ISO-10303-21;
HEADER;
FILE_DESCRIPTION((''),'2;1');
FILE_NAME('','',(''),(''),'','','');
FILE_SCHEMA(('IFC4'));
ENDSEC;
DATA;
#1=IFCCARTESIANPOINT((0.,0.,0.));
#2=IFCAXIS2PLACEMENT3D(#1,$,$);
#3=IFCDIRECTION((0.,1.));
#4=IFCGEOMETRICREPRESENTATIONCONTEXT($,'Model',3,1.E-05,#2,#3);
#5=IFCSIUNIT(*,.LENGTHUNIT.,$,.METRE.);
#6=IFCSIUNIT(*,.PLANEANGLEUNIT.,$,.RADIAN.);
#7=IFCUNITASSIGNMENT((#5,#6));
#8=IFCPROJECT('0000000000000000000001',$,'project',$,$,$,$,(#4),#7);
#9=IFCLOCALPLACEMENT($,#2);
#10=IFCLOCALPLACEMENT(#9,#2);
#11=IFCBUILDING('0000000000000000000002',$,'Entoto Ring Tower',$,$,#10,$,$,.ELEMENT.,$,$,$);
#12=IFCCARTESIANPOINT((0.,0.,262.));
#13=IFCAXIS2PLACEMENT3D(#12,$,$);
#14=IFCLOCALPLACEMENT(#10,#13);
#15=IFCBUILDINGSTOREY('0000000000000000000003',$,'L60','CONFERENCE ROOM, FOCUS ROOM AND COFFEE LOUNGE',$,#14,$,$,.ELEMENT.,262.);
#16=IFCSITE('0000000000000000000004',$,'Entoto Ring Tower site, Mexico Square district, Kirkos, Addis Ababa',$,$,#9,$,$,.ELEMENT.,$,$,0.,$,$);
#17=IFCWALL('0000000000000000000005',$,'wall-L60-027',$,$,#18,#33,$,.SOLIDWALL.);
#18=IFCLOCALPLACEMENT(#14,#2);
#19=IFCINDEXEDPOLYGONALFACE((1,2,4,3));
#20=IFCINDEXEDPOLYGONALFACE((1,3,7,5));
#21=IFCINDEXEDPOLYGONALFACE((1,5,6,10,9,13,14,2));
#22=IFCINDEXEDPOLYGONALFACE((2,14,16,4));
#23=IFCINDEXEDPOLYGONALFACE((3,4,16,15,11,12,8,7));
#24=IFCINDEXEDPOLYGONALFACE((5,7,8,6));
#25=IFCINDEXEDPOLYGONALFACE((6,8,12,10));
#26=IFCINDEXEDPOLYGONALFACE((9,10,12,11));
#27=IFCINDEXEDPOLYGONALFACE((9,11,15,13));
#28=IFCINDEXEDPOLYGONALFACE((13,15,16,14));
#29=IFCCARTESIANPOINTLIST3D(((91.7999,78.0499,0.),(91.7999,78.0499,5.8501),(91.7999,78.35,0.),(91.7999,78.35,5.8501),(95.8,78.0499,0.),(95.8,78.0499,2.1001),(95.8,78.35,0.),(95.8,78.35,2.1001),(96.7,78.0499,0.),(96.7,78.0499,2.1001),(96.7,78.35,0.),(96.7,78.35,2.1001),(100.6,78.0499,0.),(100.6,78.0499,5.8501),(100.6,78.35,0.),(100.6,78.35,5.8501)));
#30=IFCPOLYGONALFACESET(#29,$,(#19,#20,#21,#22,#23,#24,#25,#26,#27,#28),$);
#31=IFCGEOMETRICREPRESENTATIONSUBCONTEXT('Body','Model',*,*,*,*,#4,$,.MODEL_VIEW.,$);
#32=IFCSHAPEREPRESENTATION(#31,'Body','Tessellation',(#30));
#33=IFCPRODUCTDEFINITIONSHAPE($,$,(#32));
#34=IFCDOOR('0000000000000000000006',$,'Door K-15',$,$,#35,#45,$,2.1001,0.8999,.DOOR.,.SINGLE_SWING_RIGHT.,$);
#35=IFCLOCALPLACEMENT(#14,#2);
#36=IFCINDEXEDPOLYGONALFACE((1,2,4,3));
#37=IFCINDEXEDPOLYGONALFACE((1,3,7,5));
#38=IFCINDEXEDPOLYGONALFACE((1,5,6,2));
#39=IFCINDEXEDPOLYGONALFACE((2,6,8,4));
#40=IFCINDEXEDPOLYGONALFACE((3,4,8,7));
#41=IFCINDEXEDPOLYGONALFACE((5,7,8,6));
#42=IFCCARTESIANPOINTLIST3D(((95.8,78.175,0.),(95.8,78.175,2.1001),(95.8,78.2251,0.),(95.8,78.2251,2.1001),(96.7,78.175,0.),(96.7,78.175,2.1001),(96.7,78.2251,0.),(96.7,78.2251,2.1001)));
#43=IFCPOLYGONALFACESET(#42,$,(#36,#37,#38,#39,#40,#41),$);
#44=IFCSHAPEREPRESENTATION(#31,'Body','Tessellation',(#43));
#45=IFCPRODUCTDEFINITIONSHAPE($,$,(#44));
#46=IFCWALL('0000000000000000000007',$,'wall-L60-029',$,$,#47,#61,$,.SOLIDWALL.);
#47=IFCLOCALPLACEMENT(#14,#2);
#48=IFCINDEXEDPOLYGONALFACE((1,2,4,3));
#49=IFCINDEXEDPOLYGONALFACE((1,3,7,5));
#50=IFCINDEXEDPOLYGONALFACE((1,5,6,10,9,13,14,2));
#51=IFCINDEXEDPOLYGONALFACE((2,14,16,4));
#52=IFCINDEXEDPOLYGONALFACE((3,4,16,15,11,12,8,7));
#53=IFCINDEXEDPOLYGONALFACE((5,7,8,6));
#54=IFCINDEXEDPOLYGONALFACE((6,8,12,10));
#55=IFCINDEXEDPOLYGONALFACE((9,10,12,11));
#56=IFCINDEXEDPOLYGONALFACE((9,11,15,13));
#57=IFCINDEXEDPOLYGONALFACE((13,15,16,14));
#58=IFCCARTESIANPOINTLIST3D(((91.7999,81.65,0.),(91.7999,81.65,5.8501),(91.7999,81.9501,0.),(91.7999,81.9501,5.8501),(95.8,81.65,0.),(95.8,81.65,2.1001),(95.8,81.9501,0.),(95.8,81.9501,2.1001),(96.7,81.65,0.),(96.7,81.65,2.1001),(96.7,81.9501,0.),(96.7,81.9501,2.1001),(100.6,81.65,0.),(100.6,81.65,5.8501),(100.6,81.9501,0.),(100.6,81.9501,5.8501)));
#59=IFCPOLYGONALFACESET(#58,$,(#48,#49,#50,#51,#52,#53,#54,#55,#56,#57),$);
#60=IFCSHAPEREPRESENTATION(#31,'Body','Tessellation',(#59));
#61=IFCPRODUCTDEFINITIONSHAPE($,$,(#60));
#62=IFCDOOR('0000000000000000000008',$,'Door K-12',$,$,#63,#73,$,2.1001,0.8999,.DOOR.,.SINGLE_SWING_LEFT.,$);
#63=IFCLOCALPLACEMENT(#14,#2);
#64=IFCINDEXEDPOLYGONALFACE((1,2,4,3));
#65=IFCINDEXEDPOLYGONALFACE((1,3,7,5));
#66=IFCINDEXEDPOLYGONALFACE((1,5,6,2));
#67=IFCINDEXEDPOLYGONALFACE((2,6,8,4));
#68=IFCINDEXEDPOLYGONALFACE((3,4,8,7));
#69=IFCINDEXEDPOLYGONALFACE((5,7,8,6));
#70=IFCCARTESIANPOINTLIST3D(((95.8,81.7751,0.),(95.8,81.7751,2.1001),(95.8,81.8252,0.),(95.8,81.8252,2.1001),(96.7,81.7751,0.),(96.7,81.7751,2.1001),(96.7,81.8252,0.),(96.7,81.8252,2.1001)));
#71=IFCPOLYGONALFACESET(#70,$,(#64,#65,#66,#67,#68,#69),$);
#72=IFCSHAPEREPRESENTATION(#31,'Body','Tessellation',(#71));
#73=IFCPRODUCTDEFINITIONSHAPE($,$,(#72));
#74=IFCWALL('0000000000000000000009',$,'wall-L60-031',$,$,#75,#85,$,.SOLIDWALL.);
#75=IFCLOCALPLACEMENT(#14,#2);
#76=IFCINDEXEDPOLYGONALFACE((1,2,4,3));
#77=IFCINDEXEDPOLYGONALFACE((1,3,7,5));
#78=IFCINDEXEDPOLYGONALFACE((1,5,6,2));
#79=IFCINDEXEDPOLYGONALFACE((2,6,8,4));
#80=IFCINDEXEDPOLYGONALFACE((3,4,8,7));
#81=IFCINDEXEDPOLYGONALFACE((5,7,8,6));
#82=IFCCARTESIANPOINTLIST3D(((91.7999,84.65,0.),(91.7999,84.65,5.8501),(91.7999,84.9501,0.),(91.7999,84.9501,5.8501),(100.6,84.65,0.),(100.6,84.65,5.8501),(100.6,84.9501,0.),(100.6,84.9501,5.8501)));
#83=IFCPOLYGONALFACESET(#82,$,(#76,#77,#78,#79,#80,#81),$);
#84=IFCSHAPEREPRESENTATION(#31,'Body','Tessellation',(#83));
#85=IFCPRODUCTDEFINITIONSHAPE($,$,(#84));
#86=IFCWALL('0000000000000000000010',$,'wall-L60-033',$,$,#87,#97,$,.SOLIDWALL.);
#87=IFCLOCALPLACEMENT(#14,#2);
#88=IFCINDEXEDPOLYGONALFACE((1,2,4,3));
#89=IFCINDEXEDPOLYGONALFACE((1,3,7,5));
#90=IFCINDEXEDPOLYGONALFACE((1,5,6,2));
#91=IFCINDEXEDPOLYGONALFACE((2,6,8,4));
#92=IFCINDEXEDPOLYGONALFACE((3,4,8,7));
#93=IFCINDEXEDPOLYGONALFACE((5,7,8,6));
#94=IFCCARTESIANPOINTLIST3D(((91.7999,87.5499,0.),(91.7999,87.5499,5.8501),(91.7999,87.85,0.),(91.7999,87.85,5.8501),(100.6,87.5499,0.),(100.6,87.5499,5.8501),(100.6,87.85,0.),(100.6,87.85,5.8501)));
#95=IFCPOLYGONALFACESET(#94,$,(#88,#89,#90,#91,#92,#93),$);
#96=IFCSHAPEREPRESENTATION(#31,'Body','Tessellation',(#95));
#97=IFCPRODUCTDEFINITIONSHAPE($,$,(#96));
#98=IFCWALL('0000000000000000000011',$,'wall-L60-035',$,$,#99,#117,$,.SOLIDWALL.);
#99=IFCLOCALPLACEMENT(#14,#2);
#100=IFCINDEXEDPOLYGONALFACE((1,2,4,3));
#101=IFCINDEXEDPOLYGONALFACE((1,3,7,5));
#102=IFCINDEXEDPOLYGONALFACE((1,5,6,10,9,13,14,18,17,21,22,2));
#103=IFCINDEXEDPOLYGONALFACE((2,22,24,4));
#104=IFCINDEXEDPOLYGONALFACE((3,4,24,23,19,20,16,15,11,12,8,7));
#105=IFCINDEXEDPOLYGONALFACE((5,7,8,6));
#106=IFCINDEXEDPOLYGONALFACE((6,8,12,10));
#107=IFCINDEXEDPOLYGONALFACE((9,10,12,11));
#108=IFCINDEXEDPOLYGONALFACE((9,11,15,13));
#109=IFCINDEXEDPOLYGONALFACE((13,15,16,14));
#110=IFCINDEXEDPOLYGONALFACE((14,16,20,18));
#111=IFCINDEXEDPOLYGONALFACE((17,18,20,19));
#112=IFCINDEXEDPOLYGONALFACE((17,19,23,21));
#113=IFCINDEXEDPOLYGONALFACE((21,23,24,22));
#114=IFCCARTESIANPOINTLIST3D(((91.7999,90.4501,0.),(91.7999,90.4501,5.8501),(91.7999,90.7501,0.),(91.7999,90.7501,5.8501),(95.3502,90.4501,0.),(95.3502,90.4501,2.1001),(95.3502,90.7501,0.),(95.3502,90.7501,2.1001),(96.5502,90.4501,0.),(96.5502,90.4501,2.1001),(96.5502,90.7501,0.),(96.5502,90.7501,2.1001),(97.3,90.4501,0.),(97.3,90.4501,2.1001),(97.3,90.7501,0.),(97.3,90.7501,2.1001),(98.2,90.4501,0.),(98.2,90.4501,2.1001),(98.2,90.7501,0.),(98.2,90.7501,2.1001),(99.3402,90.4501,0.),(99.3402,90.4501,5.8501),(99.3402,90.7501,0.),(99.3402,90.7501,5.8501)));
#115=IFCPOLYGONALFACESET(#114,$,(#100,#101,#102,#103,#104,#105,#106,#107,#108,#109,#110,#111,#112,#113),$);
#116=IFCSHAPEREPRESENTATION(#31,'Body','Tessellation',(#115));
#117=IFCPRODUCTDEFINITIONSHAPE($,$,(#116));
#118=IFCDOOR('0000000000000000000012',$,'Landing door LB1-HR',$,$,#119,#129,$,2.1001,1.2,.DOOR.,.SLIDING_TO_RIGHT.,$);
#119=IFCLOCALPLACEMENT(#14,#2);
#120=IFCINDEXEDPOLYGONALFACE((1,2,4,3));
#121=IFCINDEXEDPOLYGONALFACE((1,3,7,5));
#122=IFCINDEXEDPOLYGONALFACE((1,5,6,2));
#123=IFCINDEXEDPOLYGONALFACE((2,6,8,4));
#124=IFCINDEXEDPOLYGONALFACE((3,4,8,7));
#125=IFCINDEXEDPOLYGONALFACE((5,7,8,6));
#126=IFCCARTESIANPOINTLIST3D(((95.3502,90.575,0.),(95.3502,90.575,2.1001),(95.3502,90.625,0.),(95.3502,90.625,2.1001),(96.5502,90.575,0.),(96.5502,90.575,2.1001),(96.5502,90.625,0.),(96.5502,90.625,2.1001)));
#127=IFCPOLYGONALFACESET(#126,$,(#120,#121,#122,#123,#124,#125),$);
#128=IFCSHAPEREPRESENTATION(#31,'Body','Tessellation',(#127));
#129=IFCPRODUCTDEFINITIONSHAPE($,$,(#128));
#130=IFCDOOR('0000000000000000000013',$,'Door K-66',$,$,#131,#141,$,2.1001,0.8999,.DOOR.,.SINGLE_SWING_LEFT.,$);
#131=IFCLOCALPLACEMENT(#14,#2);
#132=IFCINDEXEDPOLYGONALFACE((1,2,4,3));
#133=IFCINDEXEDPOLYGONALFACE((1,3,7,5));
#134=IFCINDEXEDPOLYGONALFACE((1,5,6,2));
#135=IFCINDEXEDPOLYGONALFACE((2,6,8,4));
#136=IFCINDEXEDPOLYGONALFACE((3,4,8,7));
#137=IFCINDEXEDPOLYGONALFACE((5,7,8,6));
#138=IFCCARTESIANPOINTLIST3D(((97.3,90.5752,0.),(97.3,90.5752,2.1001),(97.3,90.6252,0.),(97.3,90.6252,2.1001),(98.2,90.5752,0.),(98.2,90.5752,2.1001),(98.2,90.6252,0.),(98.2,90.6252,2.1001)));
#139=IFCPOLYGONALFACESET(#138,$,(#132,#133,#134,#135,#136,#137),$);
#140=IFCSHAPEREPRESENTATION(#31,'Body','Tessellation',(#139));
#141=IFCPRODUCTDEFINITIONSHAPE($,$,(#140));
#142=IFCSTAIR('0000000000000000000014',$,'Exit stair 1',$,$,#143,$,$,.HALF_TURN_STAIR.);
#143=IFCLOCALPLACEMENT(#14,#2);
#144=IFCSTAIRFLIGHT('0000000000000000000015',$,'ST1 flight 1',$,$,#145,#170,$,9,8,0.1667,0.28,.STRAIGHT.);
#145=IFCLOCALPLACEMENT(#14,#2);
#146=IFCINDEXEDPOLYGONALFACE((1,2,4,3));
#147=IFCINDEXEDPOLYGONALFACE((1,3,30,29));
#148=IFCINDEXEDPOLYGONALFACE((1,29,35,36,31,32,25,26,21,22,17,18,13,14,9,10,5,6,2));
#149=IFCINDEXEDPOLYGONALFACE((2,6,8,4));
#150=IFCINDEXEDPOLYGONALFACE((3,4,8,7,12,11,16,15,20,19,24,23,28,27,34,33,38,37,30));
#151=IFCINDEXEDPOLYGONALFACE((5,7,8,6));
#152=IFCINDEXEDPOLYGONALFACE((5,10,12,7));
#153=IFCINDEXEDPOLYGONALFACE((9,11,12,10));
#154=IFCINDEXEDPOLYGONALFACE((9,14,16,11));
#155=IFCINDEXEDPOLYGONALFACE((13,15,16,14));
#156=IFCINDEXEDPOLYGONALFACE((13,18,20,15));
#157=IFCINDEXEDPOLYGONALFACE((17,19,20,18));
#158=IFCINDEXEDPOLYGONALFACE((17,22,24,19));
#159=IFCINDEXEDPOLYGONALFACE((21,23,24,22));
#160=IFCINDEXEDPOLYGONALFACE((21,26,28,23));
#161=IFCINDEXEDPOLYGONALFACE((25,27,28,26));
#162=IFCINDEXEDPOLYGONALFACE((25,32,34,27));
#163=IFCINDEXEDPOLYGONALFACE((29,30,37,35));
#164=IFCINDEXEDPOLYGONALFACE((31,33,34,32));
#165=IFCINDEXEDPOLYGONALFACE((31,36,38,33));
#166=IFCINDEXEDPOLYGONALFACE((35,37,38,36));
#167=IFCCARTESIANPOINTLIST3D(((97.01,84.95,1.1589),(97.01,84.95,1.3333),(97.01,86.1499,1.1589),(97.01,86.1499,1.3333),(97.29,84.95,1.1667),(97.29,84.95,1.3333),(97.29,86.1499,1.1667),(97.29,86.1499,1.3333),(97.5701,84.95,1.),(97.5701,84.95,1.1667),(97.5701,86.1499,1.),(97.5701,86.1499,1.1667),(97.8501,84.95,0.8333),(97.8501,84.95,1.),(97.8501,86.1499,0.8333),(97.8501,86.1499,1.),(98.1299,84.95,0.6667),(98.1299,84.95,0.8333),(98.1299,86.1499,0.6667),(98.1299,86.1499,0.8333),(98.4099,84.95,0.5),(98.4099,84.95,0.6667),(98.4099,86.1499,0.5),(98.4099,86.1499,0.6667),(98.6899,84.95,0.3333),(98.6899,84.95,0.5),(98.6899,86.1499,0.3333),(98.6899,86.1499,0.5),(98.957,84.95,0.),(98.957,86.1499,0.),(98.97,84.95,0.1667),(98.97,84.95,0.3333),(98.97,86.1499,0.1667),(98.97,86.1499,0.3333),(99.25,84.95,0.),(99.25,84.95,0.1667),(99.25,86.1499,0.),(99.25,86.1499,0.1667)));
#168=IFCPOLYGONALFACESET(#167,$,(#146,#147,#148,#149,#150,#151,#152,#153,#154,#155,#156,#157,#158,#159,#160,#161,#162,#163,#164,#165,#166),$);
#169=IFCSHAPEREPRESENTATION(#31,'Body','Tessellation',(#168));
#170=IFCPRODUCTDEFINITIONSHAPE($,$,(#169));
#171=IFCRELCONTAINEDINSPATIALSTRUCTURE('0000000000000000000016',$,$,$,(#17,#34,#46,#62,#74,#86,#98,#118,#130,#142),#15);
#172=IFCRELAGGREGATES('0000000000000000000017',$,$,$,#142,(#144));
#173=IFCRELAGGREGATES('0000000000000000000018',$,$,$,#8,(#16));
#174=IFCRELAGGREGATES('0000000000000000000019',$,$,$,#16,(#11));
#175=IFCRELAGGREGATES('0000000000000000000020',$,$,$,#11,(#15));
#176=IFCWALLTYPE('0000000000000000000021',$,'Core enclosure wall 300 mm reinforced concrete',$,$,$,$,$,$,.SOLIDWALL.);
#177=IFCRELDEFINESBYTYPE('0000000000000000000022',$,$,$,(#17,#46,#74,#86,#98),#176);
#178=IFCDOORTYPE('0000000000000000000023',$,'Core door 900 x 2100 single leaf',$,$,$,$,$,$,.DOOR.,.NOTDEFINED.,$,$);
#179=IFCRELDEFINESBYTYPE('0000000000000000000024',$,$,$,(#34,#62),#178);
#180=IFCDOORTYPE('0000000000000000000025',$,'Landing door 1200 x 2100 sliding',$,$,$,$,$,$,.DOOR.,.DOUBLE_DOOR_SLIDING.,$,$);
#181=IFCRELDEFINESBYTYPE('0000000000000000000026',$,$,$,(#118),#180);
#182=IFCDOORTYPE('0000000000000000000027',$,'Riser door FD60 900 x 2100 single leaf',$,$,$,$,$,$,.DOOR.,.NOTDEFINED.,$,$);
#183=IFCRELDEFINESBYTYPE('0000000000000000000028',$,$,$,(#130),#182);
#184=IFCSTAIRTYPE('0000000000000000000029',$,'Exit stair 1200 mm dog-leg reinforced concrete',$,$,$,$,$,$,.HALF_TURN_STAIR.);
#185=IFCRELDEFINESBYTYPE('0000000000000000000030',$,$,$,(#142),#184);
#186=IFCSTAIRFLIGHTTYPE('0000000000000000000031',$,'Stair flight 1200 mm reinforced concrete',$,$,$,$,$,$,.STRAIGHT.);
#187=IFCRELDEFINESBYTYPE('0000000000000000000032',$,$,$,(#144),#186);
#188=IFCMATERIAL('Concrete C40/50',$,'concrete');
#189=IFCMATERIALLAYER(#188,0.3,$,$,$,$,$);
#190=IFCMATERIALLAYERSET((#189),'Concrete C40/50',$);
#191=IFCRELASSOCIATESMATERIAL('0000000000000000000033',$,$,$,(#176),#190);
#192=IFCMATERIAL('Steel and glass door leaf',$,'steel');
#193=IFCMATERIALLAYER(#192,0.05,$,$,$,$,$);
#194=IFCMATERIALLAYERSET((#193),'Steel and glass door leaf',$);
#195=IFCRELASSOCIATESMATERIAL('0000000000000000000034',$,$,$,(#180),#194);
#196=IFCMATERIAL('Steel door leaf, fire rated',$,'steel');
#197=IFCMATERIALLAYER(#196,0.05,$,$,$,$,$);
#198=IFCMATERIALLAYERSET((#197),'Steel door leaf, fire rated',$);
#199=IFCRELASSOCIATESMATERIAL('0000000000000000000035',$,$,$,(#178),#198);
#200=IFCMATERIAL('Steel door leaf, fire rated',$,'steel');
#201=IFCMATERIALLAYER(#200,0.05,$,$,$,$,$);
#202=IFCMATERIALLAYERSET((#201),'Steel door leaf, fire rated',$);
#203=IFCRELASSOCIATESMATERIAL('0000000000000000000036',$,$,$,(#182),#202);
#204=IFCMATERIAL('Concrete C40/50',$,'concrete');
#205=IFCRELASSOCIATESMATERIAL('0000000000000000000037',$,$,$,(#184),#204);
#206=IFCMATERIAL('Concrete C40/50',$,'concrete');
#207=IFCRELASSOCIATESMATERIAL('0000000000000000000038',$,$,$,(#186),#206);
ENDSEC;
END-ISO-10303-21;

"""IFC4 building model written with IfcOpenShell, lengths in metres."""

from ifc_helpers import new_model, si_unit, direction, frame, frame_2d, origin, place, context, subcontext, project, spatial, polyline, rectangle, outline, extrude, material, layer, layer_set, type_object, element, fill, aggregate, save


model = new_model("IFC4")

# Units and contexts
model_context = context("Model", 3, precision=1e-05, world=origin(), true_north=direction((0.0, 1.0)))
body_context = subcontext(model_context, "Body", "Model", "MODEL_VIEW")
ifc_project = project(units=[si_unit("LENGTHUNIT", "METRE"), si_unit("PLANEANGLEUNIT", "RADIAN")], contexts=[model_context])

# Site, building, storey
site_placement = place(None, origin())
site = spatial("IfcSite", under=ifc_project, at=site_placement, Name="Entoto Ring Tower site, Mexico Square district, Kirkos, Addis Ababa", CompositionType="ELEMENT", RefElevation=0.0)
building_placement = place(site_placement, origin())
building = spatial("IfcBuilding", under=site, at=building_placement, Name="Entoto Ring Tower", CompositionType="ELEMENT")
storey_placement = place(building_placement, frame((0.0, 0.0, 262.0)))
storey = spatial("IfcBuildingStorey", under=building, at=storey_placement, Name="L60", Description="CONFERENCE ROOM, FOCUS ROOM AND COFFEE LOUNGE", CompositionType="ELEMENT", Elevation=262.0)

# Shared definitions
ifc_material_1 = material(Name="Concrete C40/50", Category="concrete")
ifc_layer_1 = layer(ifc_material_1, 0.3)
ifc_layer_set_1 = layer_set([ifc_layer_1], Name="Concrete C40/50")
wall_type = type_object("IfcWallType", Name="Core enclosure wall 300 mm reinforced concrete", PredefinedType="SOLIDWALL", material=ifc_layer_set_1)

# Shared definitions
ifc_material_2 = material(Name="Steel and glass door leaf", Category="steel")
ifc_layer_2 = layer(ifc_material_2, 0.05)
ifc_layer_set_2 = layer_set([ifc_layer_2], Name="Steel and glass door leaf")
door_type_1 = type_object("IfcDoorType", Name="Landing door 1200 x 2100 sliding", OperationType="DOUBLE_DOOR_SLIDING", PredefinedType="DOOR", material=ifc_layer_set_2)

# Walls, openings, doors
wall_1_placement = place(storey_placement, frame((91.8, 78.2, 0.0), z_axis=(0.0, 0.0, 1.0), x_axis=(1.0, 0.0, 0.0)))
wall_1 = element("IfcWall", 1, at=wall_1_placement, inside=storey, type_object=wall_type, Name="wall-L60-027", PredefinedType="SOLIDWALL", context=body_context, shape_type="SweptSolid", body=[
    extrude(rectangle(XDim=8.8, YDim=0.3, at=frame_2d((4.3999, 0.0))), origin(), (0.0, 0.0, 1.0), 5.8501),
])
opening_1_placement = place(wall_1_placement, frame((4.0, 0.0, 0.0)))
opening_1 = element("IfcOpeningElement", 2, at=opening_1_placement, cuts=wall_1, PredefinedType="OPENING", context=body_context, shape_type="SweptSolid", body=[
    extrude(rectangle(XDim=0.8999, YDim=2.1001, at=frame_2d((0.45, 1.05))), frame((0.0, 0.1602, 0.0), z_axis=(0.0, -1.0, 0.0), x_axis=(1.0, 0.0, 0.0)), (0.0, 0.0, 1.0), 0.3201),
])
ifc_material_3 = material(Name="Steel door leaf, fire rated", Category="steel")
ifc_layer_3 = layer(ifc_material_3, 0.05)
ifc_layer_set_3 = layer_set([ifc_layer_3], Name="Steel door leaf, fire rated")
door_type_2 = type_object("IfcDoorType", Name="Core door 900 x 2100 single leaf", OperationType="NOTDEFINED", PredefinedType="DOOR", material=ifc_layer_set_3)
door_1_placement = place(opening_1_placement, frame((0.8999, 0.0, 0.0), z_axis=(0.0, 0.0, 1.0), x_axis=(-1.0, 0.0, 0.0)))
door_1 = element("IfcDoor", 3, at=door_1_placement, inside=storey, type_object=door_type_2, Name="Door K-15", OperationType="SINGLE_SWING_RIGHT", OverallHeight=2.1001, OverallWidth=0.8999, PredefinedType="DOOR", context=body_context, shape_type="SweptSolid", body=[
    extrude(rectangle(XDim=0.8999, YDim=2.1001, at=frame_2d((0.45, 1.05))), frame((0.0, 0.0249, 0.0), z_axis=(0.0, -1.0, 0.0), x_axis=(1.0, 0.0, 0.0)), (0.0, 0.0, 1.0), 0.05),
])
fill(opening_1, door_1)
wall_2_placement = place(storey_placement, frame((91.8, 81.8, 0.0), z_axis=(0.0, 0.0, 1.0), x_axis=(1.0, 0.0, 0.0)))
wall_2 = element("IfcWall", 4, at=wall_2_placement, inside=storey, type_object=wall_type, Name="wall-L60-029", PredefinedType="SOLIDWALL", context=body_context, shape_type="SweptSolid", body=[
    extrude(rectangle(XDim=8.8, YDim=0.3, at=frame_2d((4.3999, 0.0))), origin(), (0.0, 0.0, 1.0), 5.8501),
])
opening_2_placement = place(wall_2_placement, frame((4.0, 0.0, 0.0)))
opening_2 = element("IfcOpeningElement", 5, at=opening_2_placement, cuts=wall_2, PredefinedType="OPENING", context=body_context, shape_type="SweptSolid", body=[
    extrude(rectangle(XDim=0.8999, YDim=2.1001, at=frame_2d((0.45, 1.05))), frame((0.0, 0.1602, 0.0), z_axis=(0.0, -1.0, 0.0), x_axis=(1.0, 0.0, 0.0)), (0.0, 0.0, 1.0), 0.3201),
])
door_2_placement = place(opening_2_placement, frame((0.8999, 0.0, 0.0), z_axis=(0.0, 0.0, 1.0), x_axis=(-1.0, 0.0, 0.0)))
door_2 = element("IfcDoor", 6, at=door_2_placement, inside=storey, type_object=door_type_2, Name="Door K-12", OperationType="SINGLE_SWING_LEFT", OverallHeight=2.1001, OverallWidth=0.8999, PredefinedType="DOOR", context=body_context, shape_type="SweptSolid", body=[
    extrude(rectangle(XDim=0.8999, YDim=2.1001, at=frame_2d((0.45, 1.05))), frame((0.0, 0.0249, 0.0), z_axis=(0.0, -1.0, 0.0), x_axis=(1.0, 0.0, 0.0)), (0.0, 0.0, 1.0), 0.05),
])
fill(opening_2, door_2)

# Walls
for number, where, z_axis, x_axis, name in (
    (7, (91.8, 84.8, 0.0), (0.0, 0.0, 1.0), (1.0, 0.0, 0.0), "wall-L60-031"),
    (8, (91.8, 87.7, 0.0), (0.0, 0.0, 1.0), (1.0, 0.0, 0.0), "wall-L60-033"),
):
    element("IfcWall", number, at=place(storey_placement, frame(where, z_axis=z_axis, x_axis=x_axis)), inside=storey, type_object=wall_type, Name=name, PredefinedType="SOLIDWALL", context=body_context, shape_type="SweptSolid", body=[
        extrude(rectangle(XDim=8.8, YDim=0.3, at=frame_2d((4.3999, 0.0))), origin(), (0.0, 0.0, 1.0), 5.8501),
    ])

# Wall, openings, doors
wall_3_placement = place(storey_placement, frame((91.8, 90.6001, 0.0), z_axis=(0.0, 0.0, 1.0), x_axis=(1.0, 0.0, 0.0)))
wall_3 = element("IfcWall", 9, at=wall_3_placement, inside=storey, type_object=wall_type, Name="wall-L60-035", PredefinedType="SOLIDWALL", context=body_context, shape_type="SweptSolid", body=[
    extrude(rectangle(XDim=7.5403, YDim=0.3, at=frame_2d((3.77, 0.0))), origin(), (0.0, 0.0, 1.0), 5.8501),
])
opening_3_placement = place(wall_3_placement, frame((3.55, 0.0, 0.0)))
opening_3 = element("IfcOpeningElement", 10, at=opening_3_placement, cuts=wall_3, PredefinedType="OPENING", context=body_context, shape_type="SweptSolid", body=[
    extrude(rectangle(XDim=1.2, YDim=2.1001, at=frame_2d((0.6001, 1.05))), frame((0.0, 0.1602, 0.0), z_axis=(0.0, -1.0, 0.0), x_axis=(1.0, 0.0, 0.0)), (0.0, 0.0, 1.0), 0.3201),
])
opening_4_placement = place(wall_3_placement, frame((5.5, 0.0, 0.0)))
opening_4 = element("IfcOpeningElement", 11, at=opening_4_placement, cuts=wall_3, PredefinedType="OPENING", context=body_context, shape_type="SweptSolid", body=[
    extrude(rectangle(XDim=0.8999, YDim=2.1001, at=frame_2d((0.45, 1.05))), frame((0.0, 0.1602, 0.0), z_axis=(0.0, -1.0, 0.0), x_axis=(1.0, 0.0, 0.0)), (0.0, 0.0, 1.0), 0.3201),
])
door_3_placement = place(opening_3_placement, origin())
door_3 = element("IfcDoor", 12, at=door_3_placement, inside=storey, type_object=door_type_1, Name="Landing door LB1-HR", OperationType="SLIDING_TO_RIGHT", OverallHeight=2.1001, OverallWidth=1.2, PredefinedType="DOOR", context=body_context, shape_type="SweptSolid", body=[
    extrude(rectangle(XDim=1.2, YDim=2.1001, at=frame_2d((0.6001, 1.05))), frame((0.0, 0.0249, 0.0), z_axis=(0.0, -1.0, 0.0), x_axis=(1.0, 0.0, 0.0)), (0.0, 0.0, 1.0), 0.05),
])
fill(opening_3, door_3)
ifc_material_4 = material(Name="Steel door leaf, fire rated", Category="steel")
ifc_layer_4 = layer(ifc_material_4, 0.05)
ifc_layer_set_4 = layer_set([ifc_layer_4], Name="Steel door leaf, fire rated")
door_type_3 = type_object("IfcDoorType", Name="Riser door FD60 900 x 2100 single leaf", OperationType="NOTDEFINED", PredefinedType="DOOR", material=ifc_layer_set_4)
door_4_placement = place(opening_4_placement, frame((0.8999, 0.0, 0.0), z_axis=(0.0, 0.0, 1.0), x_axis=(-1.0, 0.0, 0.0)))
door_4 = element("IfcDoor", 13, at=door_4_placement, inside=storey, type_object=door_type_3, Name="Door K-66", OperationType="SINGLE_SWING_LEFT", OverallHeight=2.1001, OverallWidth=0.8999, PredefinedType="DOOR", context=body_context, shape_type="SweptSolid", body=[
    extrude(rectangle(XDim=0.8999, YDim=2.1001, at=frame_2d((0.45, 1.05))), frame((0.0, 0.0249, 0.0), z_axis=(0.0, -1.0, 0.0), x_axis=(1.0, 0.0, 0.0)), (0.0, 0.0, 1.0), 0.05),
])
fill(opening_4, door_4)

# Stair, stair flight
ifc_material_5 = material(Name="Concrete C40/50", Category="concrete")
stair_type = type_object("IfcStairType", Name="Exit stair 1200 mm dog-leg reinforced concrete", PredefinedType="HALF_TURN_STAIR", material=ifc_material_5)
stair_placement = place(storey_placement, origin())
stair = element("IfcStair", 14, at=stair_placement, inside=storey, type_object=stair_type, Name="Exit stair 1", PredefinedType="HALF_TURN_STAIR")
ifc_material_6 = material(Name="Concrete C40/50", Category="concrete")
stair_flight_type = type_object("IfcStairFlightType", Name="Stair flight 1200 mm reinforced concrete", PredefinedType="STRAIGHT", material=ifc_material_6)
stair_flight_1_placement = place(storey_placement, frame((99.25, 85.55, 0.0), z_axis=(0.0, 0.0, 1.0), x_axis=(-1.0, 0.0, 0.0)))
stair_flight_1 = element("IfcStairFlight", 15, at=stair_flight_1_placement, type_object=stair_flight_type, Name="ST1 flight 1", NumberOfRisers=9, NumberOfTreads=8, PredefinedType="STRAIGHT", RiserHeight=0.1667, TreadLength=0.28, context=body_context, shape_type="SweptSolid", body=[
    extrude(outline(polyline([(0.0, 0.0), (0.0, 0.1667), (0.28, 0.1667), (0.28, 0.3333), (0.5601, 0.3333), (0.5601, 0.5), (0.8401, 0.5), (0.8401, 0.6667), (1.1201, 0.6667), (1.1201, 0.8333), (1.3999, 0.8333), (1.3999, 1.0), (1.6799, 1.0), (1.6799, 1.1667), (1.96, 1.1667), (1.96, 1.3333), (2.24, 1.3333), (2.24, 1.5), (2.24, 1.1589), (0.293, 0.0), (0.0, 0.0)])), frame((0.0, 0.6001, 0.0), z_axis=(0.0, -1.0, 0.0), x_axis=(1.0, 0.0, 0.0)), (0.0, 0.0, 1.0), 1.2),
])
aggregate(stair, [stair_flight_1])

save(model, "model.ifc")
